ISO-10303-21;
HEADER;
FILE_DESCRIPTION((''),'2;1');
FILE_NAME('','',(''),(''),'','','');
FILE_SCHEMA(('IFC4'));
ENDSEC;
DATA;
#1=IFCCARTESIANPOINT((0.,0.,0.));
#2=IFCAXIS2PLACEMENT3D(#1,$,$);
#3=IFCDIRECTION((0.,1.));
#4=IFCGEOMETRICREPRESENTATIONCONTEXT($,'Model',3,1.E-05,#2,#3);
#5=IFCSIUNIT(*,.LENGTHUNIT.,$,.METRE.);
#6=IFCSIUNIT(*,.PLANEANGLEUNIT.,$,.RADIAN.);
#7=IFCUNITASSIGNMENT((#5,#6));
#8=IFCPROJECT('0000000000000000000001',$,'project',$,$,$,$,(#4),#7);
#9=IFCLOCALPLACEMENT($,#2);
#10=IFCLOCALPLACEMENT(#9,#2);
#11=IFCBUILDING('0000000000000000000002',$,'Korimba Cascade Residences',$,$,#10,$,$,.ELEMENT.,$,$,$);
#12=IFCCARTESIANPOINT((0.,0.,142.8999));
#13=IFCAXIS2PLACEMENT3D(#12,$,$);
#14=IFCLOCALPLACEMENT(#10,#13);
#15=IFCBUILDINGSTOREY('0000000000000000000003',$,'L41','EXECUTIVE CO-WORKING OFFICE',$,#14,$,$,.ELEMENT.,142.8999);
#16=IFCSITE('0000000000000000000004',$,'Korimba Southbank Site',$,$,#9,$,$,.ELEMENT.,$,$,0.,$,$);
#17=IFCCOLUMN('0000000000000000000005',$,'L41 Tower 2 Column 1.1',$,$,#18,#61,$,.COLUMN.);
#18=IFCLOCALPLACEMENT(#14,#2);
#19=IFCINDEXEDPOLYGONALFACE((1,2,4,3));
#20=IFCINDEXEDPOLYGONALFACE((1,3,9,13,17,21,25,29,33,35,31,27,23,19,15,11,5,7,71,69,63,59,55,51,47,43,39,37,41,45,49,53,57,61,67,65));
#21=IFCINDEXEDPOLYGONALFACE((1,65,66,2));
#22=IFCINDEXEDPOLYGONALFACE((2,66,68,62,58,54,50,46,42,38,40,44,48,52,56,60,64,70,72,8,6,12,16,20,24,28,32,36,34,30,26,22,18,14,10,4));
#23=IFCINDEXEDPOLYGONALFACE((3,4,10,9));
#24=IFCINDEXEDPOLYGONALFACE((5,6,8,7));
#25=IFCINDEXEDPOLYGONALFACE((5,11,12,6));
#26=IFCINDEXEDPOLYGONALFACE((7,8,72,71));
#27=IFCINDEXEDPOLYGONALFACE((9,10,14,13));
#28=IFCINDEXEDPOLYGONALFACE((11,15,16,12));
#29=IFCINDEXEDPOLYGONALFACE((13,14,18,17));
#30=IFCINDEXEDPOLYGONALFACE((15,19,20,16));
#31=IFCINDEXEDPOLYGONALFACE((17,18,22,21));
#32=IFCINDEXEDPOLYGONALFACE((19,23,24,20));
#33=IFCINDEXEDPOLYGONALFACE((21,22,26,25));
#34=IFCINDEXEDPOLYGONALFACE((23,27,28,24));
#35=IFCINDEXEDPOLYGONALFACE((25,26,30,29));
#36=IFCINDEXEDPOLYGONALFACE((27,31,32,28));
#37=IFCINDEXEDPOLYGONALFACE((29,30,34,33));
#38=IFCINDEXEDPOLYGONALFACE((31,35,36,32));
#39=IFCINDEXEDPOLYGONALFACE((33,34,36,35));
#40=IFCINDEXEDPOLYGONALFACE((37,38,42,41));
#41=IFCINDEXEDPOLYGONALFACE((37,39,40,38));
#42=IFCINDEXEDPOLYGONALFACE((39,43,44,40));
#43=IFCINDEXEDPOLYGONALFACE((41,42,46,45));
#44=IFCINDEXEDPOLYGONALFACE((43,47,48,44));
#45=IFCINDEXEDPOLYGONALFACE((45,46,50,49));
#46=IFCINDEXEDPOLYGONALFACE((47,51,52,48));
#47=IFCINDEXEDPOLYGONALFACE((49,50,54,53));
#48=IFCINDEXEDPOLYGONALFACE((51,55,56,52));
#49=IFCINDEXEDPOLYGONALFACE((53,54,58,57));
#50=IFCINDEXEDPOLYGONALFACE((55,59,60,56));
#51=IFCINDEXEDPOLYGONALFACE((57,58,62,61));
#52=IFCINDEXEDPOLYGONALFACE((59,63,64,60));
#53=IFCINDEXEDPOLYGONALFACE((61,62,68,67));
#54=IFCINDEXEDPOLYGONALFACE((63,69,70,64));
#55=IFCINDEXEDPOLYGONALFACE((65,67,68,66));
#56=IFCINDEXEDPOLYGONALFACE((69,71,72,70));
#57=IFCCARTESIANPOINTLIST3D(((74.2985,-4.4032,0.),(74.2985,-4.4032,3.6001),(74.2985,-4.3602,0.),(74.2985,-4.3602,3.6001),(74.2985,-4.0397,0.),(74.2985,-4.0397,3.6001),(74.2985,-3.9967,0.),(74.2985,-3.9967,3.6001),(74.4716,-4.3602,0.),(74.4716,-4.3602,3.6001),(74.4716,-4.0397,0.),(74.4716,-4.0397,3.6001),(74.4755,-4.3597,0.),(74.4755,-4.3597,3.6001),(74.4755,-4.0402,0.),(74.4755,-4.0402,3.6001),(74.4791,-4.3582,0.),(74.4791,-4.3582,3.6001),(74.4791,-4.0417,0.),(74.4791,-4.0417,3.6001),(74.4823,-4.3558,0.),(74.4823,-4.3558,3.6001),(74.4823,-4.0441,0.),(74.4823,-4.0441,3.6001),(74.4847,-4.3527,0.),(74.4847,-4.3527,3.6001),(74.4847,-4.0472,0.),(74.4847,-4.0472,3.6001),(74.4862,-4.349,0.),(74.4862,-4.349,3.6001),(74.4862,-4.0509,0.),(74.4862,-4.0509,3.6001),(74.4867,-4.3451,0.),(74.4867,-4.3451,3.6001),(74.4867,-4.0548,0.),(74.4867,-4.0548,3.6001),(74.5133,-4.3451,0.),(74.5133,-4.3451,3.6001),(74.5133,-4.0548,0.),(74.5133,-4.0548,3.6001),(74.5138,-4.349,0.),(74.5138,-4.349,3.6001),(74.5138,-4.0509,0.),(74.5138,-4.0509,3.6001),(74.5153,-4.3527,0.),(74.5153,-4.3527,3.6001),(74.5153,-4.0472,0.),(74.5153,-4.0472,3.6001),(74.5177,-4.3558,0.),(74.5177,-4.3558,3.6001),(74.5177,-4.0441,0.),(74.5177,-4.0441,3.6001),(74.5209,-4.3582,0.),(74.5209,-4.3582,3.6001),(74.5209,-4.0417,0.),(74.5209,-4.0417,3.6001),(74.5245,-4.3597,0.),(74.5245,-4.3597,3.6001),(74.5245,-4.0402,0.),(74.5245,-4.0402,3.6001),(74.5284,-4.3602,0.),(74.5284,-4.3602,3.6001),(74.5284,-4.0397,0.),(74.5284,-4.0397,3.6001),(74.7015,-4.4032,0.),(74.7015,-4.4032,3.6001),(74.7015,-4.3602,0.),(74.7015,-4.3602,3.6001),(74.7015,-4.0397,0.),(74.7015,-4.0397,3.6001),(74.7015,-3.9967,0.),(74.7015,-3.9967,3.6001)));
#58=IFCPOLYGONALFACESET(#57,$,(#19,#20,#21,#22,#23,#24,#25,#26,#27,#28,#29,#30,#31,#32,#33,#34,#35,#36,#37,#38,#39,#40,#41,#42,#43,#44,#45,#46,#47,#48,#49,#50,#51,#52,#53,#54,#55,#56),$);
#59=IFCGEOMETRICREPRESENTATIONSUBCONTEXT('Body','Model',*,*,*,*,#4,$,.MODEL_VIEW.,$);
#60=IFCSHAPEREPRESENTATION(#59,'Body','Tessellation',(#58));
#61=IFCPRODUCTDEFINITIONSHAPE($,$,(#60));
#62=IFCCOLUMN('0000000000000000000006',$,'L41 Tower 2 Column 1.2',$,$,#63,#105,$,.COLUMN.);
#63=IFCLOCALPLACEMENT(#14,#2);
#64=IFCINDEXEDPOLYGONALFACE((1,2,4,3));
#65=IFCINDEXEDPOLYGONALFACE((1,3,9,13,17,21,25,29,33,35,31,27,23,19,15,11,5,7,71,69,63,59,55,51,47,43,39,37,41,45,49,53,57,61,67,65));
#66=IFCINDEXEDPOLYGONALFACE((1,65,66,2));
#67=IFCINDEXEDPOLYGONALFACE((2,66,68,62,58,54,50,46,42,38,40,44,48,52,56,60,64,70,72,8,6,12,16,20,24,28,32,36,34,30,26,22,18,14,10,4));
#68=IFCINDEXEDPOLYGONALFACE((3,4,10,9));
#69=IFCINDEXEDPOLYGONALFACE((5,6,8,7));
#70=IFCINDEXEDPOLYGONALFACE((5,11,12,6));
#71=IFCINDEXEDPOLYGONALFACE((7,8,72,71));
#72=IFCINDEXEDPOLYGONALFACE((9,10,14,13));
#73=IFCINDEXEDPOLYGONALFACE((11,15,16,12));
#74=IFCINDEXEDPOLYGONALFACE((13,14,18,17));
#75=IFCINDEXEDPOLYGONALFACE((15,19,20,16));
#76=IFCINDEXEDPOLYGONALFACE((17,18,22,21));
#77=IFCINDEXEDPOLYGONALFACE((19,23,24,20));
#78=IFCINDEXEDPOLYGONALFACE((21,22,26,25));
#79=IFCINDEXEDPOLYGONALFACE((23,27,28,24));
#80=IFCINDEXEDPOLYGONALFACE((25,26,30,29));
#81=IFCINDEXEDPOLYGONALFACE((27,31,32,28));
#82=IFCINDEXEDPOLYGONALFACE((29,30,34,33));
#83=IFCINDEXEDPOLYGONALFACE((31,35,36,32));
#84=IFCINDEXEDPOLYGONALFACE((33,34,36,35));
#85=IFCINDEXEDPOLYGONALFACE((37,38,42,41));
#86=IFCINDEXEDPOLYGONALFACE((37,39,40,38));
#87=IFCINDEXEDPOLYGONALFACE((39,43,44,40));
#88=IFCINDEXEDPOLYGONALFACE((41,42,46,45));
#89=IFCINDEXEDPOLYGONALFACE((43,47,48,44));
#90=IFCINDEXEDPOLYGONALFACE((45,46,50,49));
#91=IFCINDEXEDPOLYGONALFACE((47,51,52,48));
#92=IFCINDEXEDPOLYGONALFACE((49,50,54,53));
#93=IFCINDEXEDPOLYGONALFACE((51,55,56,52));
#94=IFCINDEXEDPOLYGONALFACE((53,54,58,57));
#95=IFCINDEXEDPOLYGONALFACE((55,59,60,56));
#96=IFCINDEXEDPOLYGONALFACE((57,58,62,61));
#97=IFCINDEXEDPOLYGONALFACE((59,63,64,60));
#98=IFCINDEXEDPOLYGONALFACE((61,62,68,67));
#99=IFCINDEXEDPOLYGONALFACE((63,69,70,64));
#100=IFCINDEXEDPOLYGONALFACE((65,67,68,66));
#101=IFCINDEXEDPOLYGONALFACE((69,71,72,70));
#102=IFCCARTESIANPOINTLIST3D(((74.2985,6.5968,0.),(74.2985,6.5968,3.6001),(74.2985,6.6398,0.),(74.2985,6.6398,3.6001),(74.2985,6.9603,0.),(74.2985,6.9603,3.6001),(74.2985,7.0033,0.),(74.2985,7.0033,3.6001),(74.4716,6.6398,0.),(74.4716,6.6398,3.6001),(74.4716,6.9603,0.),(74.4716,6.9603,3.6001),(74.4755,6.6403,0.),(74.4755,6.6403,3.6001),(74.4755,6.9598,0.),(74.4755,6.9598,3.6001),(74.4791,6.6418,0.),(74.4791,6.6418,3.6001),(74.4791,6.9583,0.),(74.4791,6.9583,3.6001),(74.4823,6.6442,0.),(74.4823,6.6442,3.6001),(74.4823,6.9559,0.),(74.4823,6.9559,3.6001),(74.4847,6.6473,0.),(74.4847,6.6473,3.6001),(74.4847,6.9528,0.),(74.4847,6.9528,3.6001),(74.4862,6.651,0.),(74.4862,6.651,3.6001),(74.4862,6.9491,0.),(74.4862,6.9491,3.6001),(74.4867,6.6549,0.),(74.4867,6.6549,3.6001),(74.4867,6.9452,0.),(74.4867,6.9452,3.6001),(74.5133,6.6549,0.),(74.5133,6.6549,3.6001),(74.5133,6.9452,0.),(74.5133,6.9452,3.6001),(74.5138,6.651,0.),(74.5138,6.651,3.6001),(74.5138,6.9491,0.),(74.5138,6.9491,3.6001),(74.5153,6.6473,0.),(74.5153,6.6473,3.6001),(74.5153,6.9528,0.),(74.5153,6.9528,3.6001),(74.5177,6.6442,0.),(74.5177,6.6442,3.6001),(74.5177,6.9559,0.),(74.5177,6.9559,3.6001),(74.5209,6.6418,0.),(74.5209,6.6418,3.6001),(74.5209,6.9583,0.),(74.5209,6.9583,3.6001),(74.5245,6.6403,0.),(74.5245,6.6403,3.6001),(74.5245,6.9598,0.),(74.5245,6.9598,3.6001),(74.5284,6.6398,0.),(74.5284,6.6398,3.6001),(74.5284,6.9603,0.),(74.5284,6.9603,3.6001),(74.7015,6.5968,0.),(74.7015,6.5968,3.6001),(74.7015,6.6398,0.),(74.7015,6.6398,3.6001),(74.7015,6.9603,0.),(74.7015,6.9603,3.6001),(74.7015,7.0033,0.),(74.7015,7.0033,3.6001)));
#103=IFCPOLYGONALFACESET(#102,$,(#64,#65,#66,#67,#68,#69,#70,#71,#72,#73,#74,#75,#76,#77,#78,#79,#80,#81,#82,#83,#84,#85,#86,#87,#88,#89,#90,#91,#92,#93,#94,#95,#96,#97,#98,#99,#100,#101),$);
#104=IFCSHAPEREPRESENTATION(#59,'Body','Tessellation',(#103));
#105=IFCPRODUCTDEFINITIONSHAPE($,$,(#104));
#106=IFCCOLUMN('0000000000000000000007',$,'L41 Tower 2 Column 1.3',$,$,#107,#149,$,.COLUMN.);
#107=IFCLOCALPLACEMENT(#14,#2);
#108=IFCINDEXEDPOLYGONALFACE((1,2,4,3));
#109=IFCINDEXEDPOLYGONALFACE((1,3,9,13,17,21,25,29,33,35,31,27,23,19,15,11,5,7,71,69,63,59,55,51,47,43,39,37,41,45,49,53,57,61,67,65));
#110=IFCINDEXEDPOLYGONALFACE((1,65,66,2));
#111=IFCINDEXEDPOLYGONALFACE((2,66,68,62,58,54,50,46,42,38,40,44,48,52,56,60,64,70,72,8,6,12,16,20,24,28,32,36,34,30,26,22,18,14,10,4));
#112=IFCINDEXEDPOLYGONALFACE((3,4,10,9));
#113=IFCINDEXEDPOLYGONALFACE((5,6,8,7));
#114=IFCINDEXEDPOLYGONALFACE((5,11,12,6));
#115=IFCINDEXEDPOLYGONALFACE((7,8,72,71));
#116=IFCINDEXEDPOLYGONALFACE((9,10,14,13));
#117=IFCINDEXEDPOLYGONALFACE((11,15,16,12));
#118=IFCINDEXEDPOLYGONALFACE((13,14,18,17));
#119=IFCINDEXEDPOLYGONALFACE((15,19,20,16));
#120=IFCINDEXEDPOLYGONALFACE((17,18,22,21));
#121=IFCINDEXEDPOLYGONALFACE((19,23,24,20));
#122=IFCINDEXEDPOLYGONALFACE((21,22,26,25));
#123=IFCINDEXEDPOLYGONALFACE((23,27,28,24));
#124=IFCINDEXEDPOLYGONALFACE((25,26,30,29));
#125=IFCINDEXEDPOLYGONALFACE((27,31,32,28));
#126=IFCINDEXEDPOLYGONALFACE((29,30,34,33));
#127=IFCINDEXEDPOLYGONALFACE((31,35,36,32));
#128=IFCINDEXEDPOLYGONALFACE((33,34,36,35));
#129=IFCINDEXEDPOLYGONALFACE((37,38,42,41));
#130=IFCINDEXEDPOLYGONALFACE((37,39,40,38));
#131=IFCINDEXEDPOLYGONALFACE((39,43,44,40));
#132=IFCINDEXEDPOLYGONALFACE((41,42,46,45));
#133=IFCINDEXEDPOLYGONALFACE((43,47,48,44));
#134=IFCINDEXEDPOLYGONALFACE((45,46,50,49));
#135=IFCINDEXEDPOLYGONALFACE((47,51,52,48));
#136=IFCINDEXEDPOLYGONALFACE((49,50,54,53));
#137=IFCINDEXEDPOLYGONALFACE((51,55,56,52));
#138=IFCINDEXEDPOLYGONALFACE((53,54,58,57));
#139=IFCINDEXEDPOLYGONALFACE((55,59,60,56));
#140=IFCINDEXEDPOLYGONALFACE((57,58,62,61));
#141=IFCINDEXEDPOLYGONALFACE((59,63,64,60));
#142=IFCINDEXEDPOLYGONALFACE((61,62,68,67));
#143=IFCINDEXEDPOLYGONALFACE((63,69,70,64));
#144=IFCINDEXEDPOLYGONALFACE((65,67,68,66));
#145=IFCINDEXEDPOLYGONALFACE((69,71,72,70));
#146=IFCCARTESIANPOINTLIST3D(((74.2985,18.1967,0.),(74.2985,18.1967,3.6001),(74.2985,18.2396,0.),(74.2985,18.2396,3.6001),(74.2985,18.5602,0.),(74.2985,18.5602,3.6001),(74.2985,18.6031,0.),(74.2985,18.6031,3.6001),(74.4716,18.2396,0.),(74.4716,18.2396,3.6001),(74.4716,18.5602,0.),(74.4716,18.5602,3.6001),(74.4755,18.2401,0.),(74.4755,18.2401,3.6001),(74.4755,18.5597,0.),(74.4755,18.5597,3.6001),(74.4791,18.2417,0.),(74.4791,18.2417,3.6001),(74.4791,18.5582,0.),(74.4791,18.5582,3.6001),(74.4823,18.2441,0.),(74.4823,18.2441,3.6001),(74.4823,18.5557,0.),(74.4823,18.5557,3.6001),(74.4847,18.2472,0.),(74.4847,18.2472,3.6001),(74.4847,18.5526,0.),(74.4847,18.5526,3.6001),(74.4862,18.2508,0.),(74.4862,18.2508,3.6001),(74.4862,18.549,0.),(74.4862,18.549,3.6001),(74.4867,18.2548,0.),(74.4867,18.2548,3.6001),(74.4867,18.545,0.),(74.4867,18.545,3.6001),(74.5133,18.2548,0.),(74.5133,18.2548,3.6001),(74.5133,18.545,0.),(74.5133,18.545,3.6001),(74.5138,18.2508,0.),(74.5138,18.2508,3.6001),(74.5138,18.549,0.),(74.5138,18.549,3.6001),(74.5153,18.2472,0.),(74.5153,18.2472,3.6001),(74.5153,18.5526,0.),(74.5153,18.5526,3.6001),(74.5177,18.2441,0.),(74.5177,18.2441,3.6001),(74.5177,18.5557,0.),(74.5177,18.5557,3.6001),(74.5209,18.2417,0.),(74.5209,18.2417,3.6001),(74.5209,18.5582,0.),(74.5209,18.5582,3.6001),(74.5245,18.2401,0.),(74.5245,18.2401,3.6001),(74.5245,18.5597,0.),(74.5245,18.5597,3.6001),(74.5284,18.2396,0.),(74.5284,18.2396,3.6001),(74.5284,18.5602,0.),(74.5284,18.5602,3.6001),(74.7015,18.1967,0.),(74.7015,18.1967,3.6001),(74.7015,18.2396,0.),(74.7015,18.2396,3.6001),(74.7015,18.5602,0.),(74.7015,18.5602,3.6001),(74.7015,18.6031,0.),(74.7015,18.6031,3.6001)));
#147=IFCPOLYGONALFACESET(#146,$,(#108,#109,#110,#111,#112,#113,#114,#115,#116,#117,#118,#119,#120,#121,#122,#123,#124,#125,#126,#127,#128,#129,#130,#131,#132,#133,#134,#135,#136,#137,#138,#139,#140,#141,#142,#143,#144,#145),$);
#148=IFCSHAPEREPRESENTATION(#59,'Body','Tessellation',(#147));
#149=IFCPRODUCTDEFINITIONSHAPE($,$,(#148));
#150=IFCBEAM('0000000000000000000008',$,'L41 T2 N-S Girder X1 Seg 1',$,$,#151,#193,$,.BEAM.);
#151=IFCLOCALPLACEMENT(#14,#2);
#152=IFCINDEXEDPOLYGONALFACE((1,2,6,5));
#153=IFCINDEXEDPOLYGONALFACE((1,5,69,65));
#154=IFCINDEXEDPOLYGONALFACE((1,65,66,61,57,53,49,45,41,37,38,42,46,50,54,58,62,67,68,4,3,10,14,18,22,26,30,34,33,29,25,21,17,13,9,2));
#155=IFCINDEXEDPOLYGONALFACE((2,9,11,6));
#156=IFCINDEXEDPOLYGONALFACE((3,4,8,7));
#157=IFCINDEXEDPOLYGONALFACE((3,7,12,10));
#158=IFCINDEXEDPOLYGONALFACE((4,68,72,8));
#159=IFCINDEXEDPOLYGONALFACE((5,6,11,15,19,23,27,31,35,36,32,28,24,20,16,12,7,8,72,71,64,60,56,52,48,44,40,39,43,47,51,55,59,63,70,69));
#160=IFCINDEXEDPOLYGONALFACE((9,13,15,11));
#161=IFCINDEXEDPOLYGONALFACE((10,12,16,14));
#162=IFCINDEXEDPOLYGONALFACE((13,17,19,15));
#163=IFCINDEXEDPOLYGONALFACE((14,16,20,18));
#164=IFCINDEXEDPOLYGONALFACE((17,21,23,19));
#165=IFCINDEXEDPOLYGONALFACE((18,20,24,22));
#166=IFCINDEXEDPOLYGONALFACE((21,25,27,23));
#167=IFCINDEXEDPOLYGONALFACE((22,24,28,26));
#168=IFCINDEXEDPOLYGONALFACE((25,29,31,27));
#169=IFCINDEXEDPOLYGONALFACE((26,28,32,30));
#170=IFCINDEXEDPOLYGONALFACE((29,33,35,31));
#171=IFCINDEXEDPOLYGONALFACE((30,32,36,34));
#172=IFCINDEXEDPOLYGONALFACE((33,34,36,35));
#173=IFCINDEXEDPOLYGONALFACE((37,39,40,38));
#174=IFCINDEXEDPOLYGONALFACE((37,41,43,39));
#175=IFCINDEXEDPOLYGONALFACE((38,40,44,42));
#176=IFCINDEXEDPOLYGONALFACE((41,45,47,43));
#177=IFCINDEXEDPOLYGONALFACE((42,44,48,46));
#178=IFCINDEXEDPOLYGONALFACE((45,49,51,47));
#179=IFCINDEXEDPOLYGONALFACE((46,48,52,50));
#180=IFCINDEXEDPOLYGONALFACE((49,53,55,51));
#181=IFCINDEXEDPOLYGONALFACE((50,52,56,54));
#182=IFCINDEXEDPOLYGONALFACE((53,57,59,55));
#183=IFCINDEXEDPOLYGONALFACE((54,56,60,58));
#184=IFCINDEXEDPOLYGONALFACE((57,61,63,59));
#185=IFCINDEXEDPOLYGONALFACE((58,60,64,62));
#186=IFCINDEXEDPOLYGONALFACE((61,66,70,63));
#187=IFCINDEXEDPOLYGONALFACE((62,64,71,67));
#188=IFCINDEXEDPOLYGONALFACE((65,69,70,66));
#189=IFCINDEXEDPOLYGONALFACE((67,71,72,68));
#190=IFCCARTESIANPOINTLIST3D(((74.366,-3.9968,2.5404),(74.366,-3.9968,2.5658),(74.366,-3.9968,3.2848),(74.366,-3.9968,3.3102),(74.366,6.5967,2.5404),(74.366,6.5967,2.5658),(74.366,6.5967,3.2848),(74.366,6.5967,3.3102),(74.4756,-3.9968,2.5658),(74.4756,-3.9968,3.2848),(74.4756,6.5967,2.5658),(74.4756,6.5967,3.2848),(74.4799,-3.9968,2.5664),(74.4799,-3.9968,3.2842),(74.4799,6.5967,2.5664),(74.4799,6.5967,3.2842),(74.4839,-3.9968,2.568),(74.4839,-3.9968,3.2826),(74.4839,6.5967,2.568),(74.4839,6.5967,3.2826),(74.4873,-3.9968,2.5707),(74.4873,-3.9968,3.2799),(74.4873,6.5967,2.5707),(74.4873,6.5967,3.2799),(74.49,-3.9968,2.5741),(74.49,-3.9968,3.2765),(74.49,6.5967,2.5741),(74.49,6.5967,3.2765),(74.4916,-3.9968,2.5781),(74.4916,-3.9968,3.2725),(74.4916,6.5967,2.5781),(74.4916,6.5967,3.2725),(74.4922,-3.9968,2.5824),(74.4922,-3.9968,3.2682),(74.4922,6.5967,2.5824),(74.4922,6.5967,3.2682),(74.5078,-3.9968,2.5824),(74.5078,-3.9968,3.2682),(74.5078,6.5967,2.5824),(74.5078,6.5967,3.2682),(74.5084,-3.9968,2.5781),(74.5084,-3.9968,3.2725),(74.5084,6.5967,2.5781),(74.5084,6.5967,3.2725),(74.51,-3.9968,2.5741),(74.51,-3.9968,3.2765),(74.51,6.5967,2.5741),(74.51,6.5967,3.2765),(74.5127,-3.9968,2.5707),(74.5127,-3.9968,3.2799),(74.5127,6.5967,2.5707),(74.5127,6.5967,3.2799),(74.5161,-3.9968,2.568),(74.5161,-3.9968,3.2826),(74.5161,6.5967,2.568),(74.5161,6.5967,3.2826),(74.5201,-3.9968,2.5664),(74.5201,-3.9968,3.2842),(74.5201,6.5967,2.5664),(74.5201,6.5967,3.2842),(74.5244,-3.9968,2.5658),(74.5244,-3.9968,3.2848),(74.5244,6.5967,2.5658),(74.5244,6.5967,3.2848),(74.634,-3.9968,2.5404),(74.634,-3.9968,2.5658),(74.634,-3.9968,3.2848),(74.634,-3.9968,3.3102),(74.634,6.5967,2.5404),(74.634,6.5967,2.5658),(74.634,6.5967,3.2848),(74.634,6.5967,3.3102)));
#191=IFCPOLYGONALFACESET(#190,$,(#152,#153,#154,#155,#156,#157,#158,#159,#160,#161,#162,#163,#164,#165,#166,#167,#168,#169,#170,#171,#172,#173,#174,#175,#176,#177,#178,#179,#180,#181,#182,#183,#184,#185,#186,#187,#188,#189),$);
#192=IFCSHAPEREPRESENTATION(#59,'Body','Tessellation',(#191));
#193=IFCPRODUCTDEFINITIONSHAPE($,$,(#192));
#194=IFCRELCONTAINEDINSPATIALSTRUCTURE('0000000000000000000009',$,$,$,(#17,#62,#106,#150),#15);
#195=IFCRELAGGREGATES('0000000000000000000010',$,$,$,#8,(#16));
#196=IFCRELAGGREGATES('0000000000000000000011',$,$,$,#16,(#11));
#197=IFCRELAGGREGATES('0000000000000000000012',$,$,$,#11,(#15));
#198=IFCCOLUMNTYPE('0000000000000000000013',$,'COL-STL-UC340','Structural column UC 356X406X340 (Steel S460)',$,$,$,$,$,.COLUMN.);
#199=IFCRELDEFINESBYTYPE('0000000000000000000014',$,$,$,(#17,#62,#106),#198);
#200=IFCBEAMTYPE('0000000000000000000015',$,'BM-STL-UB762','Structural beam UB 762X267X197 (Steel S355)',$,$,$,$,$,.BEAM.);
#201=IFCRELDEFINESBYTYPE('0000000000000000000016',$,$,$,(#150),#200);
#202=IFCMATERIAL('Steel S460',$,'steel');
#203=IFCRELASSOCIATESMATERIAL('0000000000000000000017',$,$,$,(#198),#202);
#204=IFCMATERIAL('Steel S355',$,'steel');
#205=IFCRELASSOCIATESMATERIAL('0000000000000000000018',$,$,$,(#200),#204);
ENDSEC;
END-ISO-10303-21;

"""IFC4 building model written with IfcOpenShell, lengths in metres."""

from ifc_helpers import new_model, si_unit, direction, frame, origin, origin_2d, place, context, subcontext, project, spatial, i_section, extrude, material, material_profile, profile_set, type_object, element, save


model = new_model("IFC4")

# Units and contexts
model_context = context("Model", 3, precision=1e-05, world=origin(), true_north=direction((0.0, 1.0)))
body_context = subcontext(model_context, "Body", "Model", "MODEL_VIEW")
ifc_project = project(units=[si_unit("LENGTHUNIT", "METRE"), si_unit("PLANEANGLEUNIT", "RADIAN")], contexts=[model_context])

# Site, building, storey
site_placement = place(None, origin())
site = spatial("IfcSite", under=ifc_project, at=site_placement, Name="Korimba Southbank Site", CompositionType="ELEMENT", RefElevation=0.0)
building_placement = place(site_placement, origin())
building = spatial("IfcBuilding", under=site, at=building_placement, Name="Korimba Cascade Residences", CompositionType="ELEMENT")
storey_placement = place(building_placement, frame((0.0, 0.0, 142.8999)))
storey = spatial("IfcBuildingStorey", under=building, at=storey_placement, Name="L41", Description="EXECUTIVE CO-WORKING OFFICE", CompositionType="ELEMENT", Elevation=142.8999)

# Columns
ifc_material_1 = material(Name="Steel S460", Category="steel")
ifc_material_profile_1 = material_profile(ifc_material_1, i_section(OverallWidth=0.4031, OverallDepth=0.4065, WebThickness=0.0266, FlangeThickness=0.043, FilletRadius=0.0151, at=origin_2d()), Name="Steel S460")
ifc_profile_set_1 = profile_set([ifc_material_profile_1], Name="Steel S460")
column_type = type_object("IfcColumnType", Name="COL-STL-UC340", Description="Structural column UC 356X406X340 (Steel S460)", PredefinedType="COLUMN", material=ifc_profile_set_1)
for number, where, z_axis, x_axis, name in (
    (1, (74.5, -4.2, 0.0), (0.0, 0.0, 1.0), (1.0, 0.0, 0.0), "L41 Tower 2 Column 1.1"),
    (2, (74.5, 6.8, 0.0), (0.0, 0.0, 1.0), (1.0, 0.0, 0.0), "L41 Tower 2 Column 1.2"),
    (3, (74.5, 18.3999, 0.0), (0.0, 0.0, 1.0), (1.0, 0.0, 0.0), "L41 Tower 2 Column 1.3"),
):
    element("IfcColumn", number, at=place(storey_placement, frame(where, z_axis=z_axis, x_axis=x_axis)), inside=storey, type_object=column_type, Name=name, PredefinedType="COLUMN", context=body_context, shape_type="SweptSolid", body=[
        extrude(i_section(OverallWidth=0.4031, OverallDepth=0.4065, WebThickness=0.0266, FlangeThickness=0.043, FilletRadius=0.0151, at=origin_2d()), origin(), (0.0, 0.0, 1.0), 3.6001),
    ])

# Beam
ifc_material_2 = material(Name="Steel S355", Category="steel")
ifc_material_profile_2 = material_profile(ifc_material_2, i_section(OverallWidth=0.2681, OverallDepth=0.7698, WebThickness=0.0156, FlangeThickness=0.0254, FilletRadius=0.0166, at=origin_2d()), Name="Steel S355")
ifc_profile_set_2 = profile_set([ifc_material_profile_2], Name="Steel S355")
beam_type = type_object("IfcBeamType", Name="BM-STL-UB762", Description="Structural beam UB 762X267X197 (Steel S355)", PredefinedType="BEAM", material=ifc_profile_set_2)
beam_1_placement = place(storey_placement, frame((74.5, -3.9968, 2.9253), z_axis=(0.0, 1.0, 0.0), x_axis=(-1.0, 0.0, 0.0)))
element("IfcBeam", 4, at=beam_1_placement, inside=storey, type_object=beam_type, Name="L41 T2 N-S Girder X1 Seg 1", PredefinedType="BEAM", context=body_context, shape_type="SweptSolid", body=[
    extrude(i_section(OverallWidth=0.2681, OverallDepth=0.7698, WebThickness=0.0156, FlangeThickness=0.0254, FilletRadius=0.0166, at=origin_2d()), origin(), (0.0, 0.0, 1.0), 10.5935),
])

save(model, "model.ifc")
